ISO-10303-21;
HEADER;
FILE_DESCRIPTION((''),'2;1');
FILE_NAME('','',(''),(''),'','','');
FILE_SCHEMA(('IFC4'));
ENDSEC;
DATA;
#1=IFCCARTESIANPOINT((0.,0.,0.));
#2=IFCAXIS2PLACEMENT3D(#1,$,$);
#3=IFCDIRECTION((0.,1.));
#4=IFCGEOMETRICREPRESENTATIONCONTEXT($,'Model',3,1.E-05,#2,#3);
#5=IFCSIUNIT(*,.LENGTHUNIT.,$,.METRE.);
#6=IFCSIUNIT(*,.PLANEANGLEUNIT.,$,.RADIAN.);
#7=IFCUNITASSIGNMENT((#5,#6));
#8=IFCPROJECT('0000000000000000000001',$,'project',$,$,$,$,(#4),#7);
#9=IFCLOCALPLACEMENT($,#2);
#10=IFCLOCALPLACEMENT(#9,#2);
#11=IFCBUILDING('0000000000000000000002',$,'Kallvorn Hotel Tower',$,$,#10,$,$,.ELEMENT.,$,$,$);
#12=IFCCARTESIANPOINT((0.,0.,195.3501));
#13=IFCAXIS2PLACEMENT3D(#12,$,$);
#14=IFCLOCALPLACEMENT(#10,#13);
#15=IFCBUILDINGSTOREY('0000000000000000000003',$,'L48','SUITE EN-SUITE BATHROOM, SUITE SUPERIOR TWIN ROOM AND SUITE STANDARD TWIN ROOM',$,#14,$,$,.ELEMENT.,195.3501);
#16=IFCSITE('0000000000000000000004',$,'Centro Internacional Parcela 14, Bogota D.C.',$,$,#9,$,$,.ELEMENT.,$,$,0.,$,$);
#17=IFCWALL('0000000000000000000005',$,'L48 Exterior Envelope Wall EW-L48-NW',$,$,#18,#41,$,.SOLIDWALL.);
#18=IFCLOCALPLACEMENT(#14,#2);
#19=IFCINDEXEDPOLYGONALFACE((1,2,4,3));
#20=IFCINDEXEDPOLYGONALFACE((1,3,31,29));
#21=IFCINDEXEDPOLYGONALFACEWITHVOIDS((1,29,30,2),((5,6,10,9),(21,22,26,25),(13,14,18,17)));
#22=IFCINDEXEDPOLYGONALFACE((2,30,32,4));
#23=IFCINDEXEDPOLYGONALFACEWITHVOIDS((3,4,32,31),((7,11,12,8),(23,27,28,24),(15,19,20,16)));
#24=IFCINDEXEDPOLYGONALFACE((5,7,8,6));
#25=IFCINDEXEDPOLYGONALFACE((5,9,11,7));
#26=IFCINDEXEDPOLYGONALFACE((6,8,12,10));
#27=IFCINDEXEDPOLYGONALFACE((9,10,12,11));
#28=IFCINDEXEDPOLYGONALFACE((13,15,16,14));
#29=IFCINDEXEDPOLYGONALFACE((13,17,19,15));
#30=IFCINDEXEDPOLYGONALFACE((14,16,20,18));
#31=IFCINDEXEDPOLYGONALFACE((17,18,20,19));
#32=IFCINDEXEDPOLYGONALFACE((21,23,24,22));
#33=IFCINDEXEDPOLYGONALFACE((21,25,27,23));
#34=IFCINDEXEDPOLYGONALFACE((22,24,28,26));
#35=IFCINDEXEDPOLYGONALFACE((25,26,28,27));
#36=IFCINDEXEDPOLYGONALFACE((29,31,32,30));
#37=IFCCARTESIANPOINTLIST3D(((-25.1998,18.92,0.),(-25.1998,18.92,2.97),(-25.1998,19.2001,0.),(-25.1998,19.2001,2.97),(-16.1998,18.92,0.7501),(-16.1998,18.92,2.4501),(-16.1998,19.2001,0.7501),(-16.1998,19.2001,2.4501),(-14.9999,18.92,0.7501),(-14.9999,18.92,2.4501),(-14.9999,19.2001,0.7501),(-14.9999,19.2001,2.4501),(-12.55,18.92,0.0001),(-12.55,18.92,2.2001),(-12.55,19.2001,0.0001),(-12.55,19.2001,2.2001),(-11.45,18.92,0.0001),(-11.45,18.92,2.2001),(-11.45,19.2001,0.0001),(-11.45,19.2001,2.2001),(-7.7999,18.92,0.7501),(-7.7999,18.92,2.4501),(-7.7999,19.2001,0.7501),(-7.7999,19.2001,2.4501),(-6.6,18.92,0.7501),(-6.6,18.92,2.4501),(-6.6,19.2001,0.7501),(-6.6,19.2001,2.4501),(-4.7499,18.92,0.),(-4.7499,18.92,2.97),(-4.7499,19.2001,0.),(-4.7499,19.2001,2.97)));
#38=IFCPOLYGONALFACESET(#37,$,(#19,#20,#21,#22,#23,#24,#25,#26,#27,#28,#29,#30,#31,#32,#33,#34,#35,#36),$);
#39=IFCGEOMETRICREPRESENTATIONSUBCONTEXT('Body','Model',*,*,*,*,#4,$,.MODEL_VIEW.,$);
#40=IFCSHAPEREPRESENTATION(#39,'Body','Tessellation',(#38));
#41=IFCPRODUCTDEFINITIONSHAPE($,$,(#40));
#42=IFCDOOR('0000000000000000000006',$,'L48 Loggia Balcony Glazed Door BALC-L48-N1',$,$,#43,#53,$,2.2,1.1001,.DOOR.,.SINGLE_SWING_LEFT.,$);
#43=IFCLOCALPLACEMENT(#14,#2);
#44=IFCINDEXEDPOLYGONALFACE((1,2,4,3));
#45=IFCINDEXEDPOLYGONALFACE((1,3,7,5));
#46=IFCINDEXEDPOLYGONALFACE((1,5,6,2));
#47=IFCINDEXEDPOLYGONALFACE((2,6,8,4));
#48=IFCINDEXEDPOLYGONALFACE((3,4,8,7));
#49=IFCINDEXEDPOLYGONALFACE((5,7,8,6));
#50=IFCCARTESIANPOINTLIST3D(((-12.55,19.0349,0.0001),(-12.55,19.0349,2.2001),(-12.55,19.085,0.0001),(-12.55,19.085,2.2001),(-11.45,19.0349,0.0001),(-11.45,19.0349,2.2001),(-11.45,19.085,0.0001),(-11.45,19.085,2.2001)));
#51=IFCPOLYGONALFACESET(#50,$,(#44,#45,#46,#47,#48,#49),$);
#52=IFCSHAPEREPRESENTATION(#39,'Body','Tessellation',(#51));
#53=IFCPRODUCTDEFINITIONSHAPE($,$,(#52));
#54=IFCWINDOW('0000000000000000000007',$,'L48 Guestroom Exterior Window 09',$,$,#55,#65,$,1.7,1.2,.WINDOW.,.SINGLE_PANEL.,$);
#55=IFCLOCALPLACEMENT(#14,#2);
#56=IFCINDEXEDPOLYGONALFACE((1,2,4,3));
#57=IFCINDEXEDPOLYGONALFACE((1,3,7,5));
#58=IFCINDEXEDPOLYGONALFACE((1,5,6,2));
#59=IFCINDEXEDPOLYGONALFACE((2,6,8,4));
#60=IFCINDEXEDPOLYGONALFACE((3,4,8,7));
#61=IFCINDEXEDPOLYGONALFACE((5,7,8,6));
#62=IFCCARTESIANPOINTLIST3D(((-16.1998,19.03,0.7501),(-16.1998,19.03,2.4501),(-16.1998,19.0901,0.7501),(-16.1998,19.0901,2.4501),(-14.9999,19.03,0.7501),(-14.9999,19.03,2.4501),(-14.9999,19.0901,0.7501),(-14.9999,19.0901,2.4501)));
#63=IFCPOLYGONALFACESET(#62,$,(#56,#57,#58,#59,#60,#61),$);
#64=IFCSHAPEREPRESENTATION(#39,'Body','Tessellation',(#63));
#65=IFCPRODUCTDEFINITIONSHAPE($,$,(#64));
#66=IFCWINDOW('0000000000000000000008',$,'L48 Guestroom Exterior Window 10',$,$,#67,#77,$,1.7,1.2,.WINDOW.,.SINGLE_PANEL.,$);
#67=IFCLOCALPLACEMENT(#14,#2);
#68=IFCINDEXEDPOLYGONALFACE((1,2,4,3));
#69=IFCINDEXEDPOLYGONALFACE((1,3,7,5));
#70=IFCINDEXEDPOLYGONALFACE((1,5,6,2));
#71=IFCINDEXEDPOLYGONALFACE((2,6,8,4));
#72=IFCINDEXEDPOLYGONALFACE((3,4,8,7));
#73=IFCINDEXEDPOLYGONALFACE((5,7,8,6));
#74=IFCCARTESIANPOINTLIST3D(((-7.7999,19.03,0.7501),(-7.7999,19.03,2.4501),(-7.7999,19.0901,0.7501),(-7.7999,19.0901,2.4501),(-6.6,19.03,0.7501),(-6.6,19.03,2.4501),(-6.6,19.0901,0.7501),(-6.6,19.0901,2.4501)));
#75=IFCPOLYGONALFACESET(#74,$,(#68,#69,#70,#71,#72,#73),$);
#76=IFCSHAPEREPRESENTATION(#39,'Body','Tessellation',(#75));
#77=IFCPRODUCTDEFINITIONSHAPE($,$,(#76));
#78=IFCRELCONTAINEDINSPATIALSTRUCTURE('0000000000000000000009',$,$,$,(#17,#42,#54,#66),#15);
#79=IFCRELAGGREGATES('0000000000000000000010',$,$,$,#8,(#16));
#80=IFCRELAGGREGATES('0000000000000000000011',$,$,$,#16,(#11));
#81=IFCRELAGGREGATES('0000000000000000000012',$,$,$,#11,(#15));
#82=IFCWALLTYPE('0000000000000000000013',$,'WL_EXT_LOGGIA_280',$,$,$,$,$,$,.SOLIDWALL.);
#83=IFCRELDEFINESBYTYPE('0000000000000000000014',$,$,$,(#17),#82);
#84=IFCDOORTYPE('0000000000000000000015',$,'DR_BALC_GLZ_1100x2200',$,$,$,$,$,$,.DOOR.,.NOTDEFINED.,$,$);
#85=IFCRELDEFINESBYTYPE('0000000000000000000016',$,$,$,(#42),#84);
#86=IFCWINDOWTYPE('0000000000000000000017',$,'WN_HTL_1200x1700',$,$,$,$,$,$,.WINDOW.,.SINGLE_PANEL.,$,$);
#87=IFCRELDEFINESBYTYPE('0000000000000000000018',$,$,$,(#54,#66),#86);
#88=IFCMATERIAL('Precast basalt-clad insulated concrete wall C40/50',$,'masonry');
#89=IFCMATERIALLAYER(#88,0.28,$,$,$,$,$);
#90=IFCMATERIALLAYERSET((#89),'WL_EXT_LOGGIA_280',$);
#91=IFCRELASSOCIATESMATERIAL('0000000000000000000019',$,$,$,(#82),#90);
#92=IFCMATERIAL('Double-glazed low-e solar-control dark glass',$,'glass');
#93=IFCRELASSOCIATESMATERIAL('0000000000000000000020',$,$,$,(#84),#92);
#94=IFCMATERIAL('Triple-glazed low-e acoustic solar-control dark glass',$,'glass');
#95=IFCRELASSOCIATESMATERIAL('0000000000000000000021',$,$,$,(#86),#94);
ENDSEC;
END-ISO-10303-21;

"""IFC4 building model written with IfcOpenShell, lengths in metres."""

from ifc_helpers import new_model, si_unit, direction, frame, frame_2d, origin, place, context, subcontext, project, spatial, rectangle, extrude, material, layer, layer_set, type_object, element, fill, save


model = new_model("IFC4")

# Units and contexts
model_context = context("Model", 3, precision=1e-05, world=origin(), true_north=direction((0.0, 1.0)))
body_context = subcontext(model_context, "Body", "Model", "MODEL_VIEW")
ifc_project = project(units=[si_unit("LENGTHUNIT", "METRE"), si_unit("PLANEANGLEUNIT", "RADIAN")], contexts=[model_context])

# Site, building, storey
site_placement = place(None, origin())
site = spatial("IfcSite", under=ifc_project, at=site_placement, Name="Centro Internacional Parcela 14, Bogota D.C.", CompositionType="ELEMENT", RefElevation=0.0)
building_placement = place(site_placement, origin())
building = spatial("IfcBuilding", under=site, at=building_placement, Name="Kallvorn Hotel Tower", CompositionType="ELEMENT")
storey_placement = place(building_placement, frame((0.0, 0.0, 195.3501)))
storey = spatial("IfcBuildingStorey", under=building, at=storey_placement, Name="L48", Description="SUITE EN-SUITE BATHROOM, SUITE SUPERIOR TWIN ROOM AND SUITE STANDARD TWIN ROOM", CompositionType="ELEMENT", Elevation=195.3501)

# Shared definitions
ifc_material_1 = material(Name="Precast basalt-clad insulated concrete wall C40/50", Category="masonry")
ifc_layer_1 = layer(ifc_material_1, 0.28)
ifc_layer_set_1 = layer_set([ifc_layer_1], Name="WL_EXT_LOGGIA_280")
wall_type_1 = type_object("IfcWallType", Name="WL_EXT_LOGGIA_280", PredefinedType="SOLIDWALL", material=ifc_layer_set_1)

# Wall, openings, door, windows
wall_1_placement = place(storey_placement, frame((-25.2, 19.0601, 0.0), z_axis=(0.0, 0.0, 1.0), x_axis=(1.0, 0.0, 0.0)))
wall_1 = element("IfcWall", 1, at=wall_1_placement, inside=storey, type_object=wall_type_1, Name="L48 Exterior Envelope Wall EW-L48-NW", PredefinedType="SOLIDWALL", context=body_context, shape_type="SweptSolid", body=[
    extrude(rectangle(XDim=20.45, YDim=0.28, at=frame_2d((10.2251, 0.0))), origin(), (0.0, 0.0, 1.0), 2.97),
])
opening_1_placement = place(wall_1_placement, frame((9.0, 0.0, 0.75)))
opening_1 = element("IfcOpeningElement", 2, at=opening_1_placement, cuts=wall_1, PredefinedType="OPENING", context=body_context, shape_type="SweptSolid", body=[
    extrude(rectangle(XDim=1.2, YDim=1.7, at=frame_2d((0.6001, 0.8501))), frame((0.0, 0.155, 0.0), z_axis=(0.0, -1.0, 0.0), x_axis=(1.0, 0.0, 0.0)), (0.0, 0.0, 1.0), 0.3101),
])
opening_2_placement = place(wall_1_placement, frame((12.6499, 0.0, 0.0)))
opening_2 = element("IfcOpeningElement", 3, at=opening_2_placement, cuts=wall_1, PredefinedType="OPENING", context=body_context, shape_type="SweptSolid", body=[
    extrude(rectangle(XDim=1.1001, YDim=2.2, at=frame_2d((0.55, 1.1001))), frame((0.0, 0.155, 0.0), z_axis=(0.0, -1.0, 0.0), x_axis=(1.0, 0.0, 0.0)), (0.0, 0.0, 1.0), 0.3101),
])
opening_3_placement = place(wall_1_placement, frame((17.3999, 0.0, 0.75)))
opening_3 = element("IfcOpeningElement", 4, at=opening_3_placement, cuts=wall_1, PredefinedType="OPENING", context=body_context, shape_type="SweptSolid", body=[
    extrude(rectangle(XDim=1.2, YDim=1.7, at=frame_2d((0.6001, 0.8501))), frame((0.0, 0.155, 0.0), z_axis=(0.0, -1.0, 0.0), x_axis=(1.0, 0.0, 0.0)), (0.0, 0.0, 1.0), 0.3101),
])
ifc_material_2 = material(Name="Double-glazed low-e solar-control dark glass", Category="glass")
door_type = type_object("IfcDoorType", Name="DR_BALC_GLZ_1100x2200", OperationType="NOTDEFINED", PredefinedType="DOOR", material=ifc_material_2)
door_placement = place(opening_2_placement, origin())
door = element("IfcDoor", 5, at=door_placement, inside=storey, type_object=door_type, Name="L48 Loggia Balcony Glazed Door BALC-L48-N1", OperationType="SINGLE_SWING_LEFT", OverallHeight=2.2, OverallWidth=1.1001, PredefinedType="DOOR", context=body_context, shape_type="SweptSolid", body=[
    extrude(rectangle(XDim=1.1001, YDim=2.2, at=frame_2d((0.55, 1.1001))), frame((0.0, 0.0249, 0.0), z_axis=(0.0, -1.0, 0.0), x_axis=(1.0, 0.0, 0.0)), (0.0, 0.0, 1.0), 0.05),
])
fill(opening_2, door)
ifc_material_3 = material(Name="Triple-glazed low-e acoustic solar-control dark glass", Category="glass")
window_type = type_object("IfcWindowType", Name="WN_HTL_1200x1700", PartitioningType="SINGLE_PANEL", PredefinedType="WINDOW", material=ifc_material_3)
window_1_placement = place(opening_1_placement, origin())
window_1 = element("IfcWindow", 6, at=window_1_placement, inside=storey, type_object=window_type, Name="L48 Guestroom Exterior Window 09", OverallHeight=1.7, OverallWidth=1.2, PartitioningType="SINGLE_PANEL", PredefinedType="WINDOW", context=body_context, shape_type="SweptSolid", body=[
    extrude(rectangle(XDim=1.2, YDim=1.7, at=frame_2d((0.6001, 0.8501))), frame((0.0, 0.03, 0.0), z_axis=(0.0, -1.0, 0.0), x_axis=(1.0, 0.0, 0.0)), (0.0, 0.0, 1.0), 0.0601),
])
fill(opening_1, window_1)
window_2_placement = place(opening_3_placement, origin())
window_2 = element("IfcWindow", 7, at=window_2_placement, inside=storey, type_object=window_type, Name="L48 Guestroom Exterior Window 10", OverallHeight=1.7, OverallWidth=1.2, PartitioningType="SINGLE_PANEL", PredefinedType="WINDOW", context=body_context, shape_type="SweptSolid", body=[
    extrude(rectangle(XDim=1.2, YDim=1.7, at=frame_2d((0.6001, 0.8501))), frame((0.0, 0.03, 0.0), z_axis=(0.0, -1.0, 0.0), x_axis=(1.0, 0.0, 0.0)), (0.0, 0.0, 1.0), 0.0601),
])
fill(opening_3, window_2)

save(model, "model.ifc")
